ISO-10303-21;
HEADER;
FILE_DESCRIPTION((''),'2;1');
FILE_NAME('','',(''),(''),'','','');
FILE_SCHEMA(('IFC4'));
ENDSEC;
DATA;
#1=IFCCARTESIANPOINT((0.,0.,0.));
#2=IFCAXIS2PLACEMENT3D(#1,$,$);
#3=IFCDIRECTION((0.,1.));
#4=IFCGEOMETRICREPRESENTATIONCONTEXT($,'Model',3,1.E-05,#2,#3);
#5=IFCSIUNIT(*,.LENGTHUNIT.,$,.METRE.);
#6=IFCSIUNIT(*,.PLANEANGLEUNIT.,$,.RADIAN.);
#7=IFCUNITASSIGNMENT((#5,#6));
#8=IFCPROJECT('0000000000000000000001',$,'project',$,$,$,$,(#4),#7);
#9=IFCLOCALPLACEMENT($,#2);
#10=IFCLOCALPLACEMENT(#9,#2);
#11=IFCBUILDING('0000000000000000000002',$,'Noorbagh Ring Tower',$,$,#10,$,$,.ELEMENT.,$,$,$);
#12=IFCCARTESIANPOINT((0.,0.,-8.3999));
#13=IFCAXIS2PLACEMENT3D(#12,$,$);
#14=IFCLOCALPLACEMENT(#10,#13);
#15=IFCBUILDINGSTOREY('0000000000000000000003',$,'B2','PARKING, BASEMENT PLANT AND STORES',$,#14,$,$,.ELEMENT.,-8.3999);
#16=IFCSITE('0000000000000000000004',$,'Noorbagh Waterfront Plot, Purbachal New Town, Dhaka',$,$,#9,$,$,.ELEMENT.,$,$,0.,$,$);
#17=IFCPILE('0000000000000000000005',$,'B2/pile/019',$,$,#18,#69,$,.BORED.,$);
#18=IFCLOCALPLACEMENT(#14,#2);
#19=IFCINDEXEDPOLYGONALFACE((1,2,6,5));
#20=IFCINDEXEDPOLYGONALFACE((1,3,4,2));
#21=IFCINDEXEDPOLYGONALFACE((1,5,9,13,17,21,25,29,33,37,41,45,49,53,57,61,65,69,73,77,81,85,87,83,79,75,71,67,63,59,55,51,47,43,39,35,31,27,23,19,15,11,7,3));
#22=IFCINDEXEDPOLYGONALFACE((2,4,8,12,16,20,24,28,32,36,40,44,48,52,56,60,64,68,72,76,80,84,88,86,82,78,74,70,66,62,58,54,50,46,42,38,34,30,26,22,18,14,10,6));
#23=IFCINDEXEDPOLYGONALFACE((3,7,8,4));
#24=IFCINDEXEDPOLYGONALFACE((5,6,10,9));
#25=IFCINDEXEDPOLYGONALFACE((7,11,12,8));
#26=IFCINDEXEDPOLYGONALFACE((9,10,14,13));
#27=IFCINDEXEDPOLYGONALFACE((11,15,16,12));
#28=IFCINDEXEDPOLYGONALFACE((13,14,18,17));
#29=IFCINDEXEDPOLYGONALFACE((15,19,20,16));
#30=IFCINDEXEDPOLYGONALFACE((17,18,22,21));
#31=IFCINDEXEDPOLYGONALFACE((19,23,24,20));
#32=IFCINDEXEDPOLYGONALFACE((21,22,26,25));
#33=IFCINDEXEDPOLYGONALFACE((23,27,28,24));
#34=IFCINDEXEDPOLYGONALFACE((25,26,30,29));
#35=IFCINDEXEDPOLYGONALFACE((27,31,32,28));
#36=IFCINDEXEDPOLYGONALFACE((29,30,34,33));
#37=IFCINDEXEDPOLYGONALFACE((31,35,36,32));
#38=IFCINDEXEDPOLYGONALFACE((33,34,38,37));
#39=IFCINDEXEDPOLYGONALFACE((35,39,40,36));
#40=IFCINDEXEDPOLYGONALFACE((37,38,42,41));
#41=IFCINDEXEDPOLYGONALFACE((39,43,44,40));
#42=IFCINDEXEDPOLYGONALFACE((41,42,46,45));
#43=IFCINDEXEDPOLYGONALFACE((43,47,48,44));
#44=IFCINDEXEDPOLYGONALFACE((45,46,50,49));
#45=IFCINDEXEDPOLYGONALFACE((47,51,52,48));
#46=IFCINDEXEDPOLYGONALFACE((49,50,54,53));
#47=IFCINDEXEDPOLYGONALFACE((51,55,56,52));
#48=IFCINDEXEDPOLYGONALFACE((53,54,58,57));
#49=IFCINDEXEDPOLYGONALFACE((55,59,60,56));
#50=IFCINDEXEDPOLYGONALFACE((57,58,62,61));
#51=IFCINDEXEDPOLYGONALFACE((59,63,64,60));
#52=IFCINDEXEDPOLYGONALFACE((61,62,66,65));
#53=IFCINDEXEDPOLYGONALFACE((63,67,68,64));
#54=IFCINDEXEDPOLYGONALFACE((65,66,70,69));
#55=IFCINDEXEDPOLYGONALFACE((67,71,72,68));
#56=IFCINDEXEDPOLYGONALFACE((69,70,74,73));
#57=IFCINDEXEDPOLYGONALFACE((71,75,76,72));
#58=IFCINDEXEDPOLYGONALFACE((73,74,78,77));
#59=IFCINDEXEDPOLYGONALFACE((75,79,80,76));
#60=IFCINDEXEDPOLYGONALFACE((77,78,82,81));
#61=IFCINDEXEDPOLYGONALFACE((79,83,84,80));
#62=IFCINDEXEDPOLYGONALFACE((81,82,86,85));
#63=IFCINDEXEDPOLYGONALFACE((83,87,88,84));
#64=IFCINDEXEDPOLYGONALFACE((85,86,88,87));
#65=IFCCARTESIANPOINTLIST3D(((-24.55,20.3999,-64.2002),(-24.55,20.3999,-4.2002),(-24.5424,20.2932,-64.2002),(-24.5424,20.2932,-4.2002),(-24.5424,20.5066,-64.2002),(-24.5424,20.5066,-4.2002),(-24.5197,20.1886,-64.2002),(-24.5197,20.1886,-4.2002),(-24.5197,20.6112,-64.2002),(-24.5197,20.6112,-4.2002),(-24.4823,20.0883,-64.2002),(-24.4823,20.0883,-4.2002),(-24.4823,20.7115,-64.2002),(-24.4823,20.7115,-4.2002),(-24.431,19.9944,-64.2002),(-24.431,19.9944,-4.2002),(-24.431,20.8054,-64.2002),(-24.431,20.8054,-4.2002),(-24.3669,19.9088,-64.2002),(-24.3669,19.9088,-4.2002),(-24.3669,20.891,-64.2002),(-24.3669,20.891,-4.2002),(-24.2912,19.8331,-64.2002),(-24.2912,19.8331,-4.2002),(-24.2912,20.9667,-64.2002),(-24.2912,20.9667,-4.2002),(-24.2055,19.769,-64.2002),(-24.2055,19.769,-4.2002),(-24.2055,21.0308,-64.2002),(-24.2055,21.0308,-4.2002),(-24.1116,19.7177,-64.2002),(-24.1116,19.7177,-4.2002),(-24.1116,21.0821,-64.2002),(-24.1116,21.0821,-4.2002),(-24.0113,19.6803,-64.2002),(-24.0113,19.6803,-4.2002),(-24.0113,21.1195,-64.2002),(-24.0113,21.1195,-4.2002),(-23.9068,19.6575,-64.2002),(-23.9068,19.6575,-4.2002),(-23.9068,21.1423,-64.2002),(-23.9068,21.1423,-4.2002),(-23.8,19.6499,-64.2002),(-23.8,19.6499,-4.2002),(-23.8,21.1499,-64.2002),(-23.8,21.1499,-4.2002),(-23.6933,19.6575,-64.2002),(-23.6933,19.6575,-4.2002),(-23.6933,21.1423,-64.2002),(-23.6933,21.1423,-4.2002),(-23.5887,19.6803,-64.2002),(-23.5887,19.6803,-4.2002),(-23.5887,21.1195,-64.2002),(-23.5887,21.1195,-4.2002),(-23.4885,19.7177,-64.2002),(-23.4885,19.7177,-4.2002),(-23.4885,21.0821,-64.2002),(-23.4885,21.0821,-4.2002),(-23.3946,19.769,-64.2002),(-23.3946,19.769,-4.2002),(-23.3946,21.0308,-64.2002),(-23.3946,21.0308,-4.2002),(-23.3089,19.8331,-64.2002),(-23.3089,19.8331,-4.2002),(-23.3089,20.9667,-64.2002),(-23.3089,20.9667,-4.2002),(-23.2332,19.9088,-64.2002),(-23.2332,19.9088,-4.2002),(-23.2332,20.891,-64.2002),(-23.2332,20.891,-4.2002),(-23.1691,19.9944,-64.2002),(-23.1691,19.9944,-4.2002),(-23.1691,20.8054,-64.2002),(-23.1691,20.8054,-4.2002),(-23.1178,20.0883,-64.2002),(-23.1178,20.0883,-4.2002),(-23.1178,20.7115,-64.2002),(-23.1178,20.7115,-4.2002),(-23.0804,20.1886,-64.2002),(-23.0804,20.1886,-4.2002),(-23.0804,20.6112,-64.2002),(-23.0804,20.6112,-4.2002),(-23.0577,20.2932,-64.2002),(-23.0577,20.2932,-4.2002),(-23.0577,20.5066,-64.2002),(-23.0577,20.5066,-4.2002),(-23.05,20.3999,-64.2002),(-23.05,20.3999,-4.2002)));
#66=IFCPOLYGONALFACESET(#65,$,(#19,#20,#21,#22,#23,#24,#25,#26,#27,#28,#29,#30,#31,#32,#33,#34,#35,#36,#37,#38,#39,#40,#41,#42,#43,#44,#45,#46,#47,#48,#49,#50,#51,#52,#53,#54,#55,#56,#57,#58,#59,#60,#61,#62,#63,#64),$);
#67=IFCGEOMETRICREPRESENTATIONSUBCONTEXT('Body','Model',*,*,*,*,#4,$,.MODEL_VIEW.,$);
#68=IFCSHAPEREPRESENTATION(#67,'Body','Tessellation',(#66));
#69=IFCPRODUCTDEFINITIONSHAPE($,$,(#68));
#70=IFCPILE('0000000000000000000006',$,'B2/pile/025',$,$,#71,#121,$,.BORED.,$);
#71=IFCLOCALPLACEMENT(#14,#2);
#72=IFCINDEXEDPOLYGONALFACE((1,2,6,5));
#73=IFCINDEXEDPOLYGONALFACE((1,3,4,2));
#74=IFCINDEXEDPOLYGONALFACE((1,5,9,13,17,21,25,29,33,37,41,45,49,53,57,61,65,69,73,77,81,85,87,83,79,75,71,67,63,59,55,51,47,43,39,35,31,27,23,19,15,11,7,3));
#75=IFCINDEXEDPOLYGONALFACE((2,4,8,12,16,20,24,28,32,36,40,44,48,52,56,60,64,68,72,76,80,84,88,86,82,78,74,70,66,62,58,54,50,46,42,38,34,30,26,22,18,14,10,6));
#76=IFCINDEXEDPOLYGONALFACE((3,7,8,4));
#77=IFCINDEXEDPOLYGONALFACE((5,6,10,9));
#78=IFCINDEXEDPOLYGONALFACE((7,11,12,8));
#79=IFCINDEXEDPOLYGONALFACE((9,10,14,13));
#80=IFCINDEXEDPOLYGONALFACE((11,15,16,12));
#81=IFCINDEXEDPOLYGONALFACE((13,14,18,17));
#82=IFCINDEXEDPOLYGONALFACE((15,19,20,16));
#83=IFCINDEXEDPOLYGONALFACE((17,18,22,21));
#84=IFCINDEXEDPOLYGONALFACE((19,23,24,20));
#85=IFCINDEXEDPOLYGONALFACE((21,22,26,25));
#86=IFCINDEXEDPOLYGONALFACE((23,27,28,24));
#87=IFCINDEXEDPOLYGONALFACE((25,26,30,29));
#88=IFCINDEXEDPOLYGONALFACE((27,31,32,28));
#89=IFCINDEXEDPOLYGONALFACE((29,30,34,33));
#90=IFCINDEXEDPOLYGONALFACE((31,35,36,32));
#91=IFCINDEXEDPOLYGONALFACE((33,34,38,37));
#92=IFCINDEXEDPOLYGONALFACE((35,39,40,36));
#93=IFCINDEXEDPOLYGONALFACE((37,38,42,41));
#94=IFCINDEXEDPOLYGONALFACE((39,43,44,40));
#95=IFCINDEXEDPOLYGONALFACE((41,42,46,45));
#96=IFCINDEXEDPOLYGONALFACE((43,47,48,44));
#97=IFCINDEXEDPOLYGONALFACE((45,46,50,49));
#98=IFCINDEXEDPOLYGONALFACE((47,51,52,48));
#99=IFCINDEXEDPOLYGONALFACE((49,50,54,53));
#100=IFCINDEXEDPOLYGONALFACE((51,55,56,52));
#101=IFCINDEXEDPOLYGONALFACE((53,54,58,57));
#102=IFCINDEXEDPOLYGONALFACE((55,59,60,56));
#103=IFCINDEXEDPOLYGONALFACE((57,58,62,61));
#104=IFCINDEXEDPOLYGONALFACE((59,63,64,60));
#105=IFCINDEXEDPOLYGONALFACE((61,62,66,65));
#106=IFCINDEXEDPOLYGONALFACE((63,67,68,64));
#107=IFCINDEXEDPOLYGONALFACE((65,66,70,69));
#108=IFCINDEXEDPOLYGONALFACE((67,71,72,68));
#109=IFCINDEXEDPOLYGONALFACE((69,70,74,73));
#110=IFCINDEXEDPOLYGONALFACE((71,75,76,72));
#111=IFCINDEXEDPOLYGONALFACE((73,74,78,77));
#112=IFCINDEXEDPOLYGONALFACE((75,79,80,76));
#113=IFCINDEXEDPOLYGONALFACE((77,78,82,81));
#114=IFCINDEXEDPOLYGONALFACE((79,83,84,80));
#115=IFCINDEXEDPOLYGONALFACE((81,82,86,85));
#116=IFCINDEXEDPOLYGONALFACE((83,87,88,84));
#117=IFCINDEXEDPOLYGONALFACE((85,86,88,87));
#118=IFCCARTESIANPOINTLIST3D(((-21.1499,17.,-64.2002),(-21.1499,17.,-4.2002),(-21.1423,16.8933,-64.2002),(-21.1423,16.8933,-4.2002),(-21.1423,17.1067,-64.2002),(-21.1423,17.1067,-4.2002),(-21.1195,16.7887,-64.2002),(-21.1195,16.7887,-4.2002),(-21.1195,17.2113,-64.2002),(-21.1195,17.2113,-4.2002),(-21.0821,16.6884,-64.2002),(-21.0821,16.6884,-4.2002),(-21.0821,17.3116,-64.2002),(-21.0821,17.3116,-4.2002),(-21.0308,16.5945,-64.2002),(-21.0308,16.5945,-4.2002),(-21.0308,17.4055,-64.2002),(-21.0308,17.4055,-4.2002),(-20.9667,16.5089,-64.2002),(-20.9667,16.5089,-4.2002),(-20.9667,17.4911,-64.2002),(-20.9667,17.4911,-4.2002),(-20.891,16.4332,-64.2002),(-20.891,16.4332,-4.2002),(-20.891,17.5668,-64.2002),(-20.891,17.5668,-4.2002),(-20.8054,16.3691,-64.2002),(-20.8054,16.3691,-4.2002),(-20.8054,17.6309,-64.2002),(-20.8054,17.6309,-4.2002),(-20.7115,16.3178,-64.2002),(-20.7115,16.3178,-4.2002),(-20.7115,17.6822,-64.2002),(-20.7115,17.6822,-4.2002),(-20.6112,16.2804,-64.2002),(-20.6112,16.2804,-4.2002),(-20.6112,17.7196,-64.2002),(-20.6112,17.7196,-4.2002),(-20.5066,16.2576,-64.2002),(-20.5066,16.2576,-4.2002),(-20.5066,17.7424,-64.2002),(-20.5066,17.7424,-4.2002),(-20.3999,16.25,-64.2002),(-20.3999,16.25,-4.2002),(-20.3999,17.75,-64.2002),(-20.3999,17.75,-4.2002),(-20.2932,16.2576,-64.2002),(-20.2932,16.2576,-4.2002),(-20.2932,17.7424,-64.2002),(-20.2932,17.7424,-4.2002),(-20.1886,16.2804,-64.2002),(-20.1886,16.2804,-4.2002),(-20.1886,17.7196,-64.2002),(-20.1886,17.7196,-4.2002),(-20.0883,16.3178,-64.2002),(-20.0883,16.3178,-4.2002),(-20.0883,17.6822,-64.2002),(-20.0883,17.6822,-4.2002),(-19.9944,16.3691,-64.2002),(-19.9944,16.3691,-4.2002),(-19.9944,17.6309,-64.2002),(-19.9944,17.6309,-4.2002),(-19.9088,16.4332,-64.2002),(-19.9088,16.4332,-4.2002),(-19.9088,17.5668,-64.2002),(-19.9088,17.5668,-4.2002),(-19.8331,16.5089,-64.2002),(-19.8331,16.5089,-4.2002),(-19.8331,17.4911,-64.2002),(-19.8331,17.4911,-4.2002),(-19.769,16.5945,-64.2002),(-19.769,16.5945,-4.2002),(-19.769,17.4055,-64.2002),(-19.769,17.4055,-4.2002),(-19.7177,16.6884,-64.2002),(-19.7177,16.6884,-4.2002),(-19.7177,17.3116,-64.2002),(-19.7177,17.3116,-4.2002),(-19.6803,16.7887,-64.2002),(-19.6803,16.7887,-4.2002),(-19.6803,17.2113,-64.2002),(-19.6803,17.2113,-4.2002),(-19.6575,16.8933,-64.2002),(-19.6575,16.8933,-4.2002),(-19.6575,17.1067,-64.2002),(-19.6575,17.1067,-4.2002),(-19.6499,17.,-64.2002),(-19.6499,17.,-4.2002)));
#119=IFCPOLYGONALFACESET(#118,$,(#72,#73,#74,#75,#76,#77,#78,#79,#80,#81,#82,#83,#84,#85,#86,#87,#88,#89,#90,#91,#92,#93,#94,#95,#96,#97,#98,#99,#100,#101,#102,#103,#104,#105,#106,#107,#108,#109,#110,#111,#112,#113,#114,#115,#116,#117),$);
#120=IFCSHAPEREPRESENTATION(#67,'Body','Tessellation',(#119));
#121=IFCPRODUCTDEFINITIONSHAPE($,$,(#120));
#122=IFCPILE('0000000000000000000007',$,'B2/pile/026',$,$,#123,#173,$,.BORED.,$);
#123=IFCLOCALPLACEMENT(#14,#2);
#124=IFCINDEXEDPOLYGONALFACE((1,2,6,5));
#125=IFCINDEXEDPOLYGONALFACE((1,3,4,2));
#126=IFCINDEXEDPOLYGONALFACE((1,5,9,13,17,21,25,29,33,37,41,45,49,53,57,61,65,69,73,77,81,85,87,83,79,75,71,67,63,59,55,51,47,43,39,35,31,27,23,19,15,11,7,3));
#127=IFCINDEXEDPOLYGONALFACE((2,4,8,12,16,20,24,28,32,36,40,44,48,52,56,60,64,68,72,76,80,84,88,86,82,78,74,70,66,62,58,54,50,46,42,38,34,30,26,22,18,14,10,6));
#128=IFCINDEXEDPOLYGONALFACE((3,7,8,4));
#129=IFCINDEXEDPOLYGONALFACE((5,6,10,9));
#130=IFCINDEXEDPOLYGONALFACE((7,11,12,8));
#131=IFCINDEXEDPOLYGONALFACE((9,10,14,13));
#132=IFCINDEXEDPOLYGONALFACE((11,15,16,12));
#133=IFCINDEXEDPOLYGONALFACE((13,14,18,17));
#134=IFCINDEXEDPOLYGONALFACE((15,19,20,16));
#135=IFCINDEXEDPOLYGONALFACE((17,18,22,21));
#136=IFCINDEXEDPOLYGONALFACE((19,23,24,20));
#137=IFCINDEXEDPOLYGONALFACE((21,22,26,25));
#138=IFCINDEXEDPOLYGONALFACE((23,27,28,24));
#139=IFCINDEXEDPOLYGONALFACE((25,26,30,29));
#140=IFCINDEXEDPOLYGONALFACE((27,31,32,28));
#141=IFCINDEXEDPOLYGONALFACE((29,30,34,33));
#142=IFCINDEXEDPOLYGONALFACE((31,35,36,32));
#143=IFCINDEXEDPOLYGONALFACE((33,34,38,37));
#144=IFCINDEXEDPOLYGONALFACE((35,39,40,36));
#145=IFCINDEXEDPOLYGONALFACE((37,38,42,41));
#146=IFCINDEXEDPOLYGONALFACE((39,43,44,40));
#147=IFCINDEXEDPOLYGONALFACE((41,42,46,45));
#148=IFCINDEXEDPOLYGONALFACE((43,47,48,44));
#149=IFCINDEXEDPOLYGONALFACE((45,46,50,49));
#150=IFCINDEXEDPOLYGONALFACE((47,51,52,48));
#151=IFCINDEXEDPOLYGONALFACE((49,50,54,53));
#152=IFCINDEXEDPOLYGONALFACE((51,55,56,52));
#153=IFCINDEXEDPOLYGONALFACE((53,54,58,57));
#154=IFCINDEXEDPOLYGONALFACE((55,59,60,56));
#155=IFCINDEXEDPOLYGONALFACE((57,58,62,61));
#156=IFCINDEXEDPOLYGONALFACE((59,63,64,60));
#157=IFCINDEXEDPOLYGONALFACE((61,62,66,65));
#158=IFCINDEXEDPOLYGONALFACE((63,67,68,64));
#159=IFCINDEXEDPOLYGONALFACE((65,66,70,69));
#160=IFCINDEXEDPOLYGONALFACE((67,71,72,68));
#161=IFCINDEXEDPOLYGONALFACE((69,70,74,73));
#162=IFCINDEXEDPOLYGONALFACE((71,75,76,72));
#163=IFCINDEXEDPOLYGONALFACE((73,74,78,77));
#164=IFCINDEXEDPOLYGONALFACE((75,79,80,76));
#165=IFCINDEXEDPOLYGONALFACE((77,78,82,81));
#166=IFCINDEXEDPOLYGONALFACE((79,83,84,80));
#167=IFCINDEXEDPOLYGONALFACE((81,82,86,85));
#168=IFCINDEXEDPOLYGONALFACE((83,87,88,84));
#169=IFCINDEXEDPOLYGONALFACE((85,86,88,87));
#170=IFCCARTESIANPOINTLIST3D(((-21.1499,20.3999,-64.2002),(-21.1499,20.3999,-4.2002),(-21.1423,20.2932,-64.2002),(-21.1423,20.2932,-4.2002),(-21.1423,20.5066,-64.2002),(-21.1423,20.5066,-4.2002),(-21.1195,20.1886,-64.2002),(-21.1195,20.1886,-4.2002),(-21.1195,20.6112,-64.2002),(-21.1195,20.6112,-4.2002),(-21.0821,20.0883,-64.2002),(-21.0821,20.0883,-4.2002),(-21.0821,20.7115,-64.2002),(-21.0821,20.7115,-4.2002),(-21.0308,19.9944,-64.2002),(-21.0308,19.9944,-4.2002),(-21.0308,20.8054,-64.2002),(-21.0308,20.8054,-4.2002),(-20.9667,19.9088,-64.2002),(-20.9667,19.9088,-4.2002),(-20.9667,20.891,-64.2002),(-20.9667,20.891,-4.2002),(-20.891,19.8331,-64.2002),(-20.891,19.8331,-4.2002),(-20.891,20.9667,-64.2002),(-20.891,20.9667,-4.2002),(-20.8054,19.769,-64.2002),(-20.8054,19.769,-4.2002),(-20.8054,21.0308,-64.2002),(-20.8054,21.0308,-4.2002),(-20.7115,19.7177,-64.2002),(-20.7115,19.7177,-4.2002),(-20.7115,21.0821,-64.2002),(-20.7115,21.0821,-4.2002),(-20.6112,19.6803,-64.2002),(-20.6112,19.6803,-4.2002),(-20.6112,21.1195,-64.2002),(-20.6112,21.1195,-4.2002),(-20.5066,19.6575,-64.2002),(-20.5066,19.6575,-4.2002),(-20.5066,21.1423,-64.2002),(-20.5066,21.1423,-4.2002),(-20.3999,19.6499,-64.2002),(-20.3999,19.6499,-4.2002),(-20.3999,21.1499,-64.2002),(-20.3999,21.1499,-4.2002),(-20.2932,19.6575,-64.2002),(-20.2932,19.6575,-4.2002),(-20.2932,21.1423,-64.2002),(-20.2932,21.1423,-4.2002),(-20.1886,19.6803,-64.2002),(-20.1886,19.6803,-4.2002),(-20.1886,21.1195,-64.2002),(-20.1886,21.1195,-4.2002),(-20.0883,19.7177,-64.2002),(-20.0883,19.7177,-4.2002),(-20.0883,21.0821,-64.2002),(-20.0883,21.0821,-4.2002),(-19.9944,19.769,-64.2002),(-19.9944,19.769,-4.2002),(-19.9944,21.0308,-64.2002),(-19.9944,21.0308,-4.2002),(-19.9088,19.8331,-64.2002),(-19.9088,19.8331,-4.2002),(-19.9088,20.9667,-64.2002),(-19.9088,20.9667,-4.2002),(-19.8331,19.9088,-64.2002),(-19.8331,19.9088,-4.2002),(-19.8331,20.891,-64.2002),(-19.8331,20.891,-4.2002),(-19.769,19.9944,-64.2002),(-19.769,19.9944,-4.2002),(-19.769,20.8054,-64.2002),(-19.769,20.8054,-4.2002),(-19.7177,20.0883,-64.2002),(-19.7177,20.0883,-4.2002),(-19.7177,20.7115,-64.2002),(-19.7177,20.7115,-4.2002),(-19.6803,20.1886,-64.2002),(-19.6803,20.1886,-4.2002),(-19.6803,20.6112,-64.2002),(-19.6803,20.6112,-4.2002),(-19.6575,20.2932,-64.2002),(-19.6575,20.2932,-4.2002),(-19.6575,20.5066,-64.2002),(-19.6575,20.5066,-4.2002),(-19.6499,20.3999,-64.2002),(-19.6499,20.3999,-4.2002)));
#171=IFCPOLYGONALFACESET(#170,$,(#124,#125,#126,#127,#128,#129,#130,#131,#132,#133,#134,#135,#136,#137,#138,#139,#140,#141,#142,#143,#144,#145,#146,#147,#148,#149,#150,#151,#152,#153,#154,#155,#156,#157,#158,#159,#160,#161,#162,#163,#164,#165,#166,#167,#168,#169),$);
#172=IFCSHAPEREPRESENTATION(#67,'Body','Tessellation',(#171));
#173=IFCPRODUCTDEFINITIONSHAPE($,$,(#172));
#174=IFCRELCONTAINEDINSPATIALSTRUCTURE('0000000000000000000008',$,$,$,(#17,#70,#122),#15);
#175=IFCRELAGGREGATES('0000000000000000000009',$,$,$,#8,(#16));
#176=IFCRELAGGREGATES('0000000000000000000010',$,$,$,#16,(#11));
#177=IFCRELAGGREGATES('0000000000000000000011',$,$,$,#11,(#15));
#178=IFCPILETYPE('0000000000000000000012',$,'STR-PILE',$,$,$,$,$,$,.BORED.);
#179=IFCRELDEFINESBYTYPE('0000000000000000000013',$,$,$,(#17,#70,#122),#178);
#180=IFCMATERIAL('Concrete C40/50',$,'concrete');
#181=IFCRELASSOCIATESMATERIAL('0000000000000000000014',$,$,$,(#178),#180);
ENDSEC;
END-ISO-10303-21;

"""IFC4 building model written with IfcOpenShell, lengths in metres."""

from ifc_helpers import new_model, si_unit, direction, frame, origin, origin_2d, place, context, subcontext, project, spatial, circle, extrude, material, material_profile, profile_set, type_object, element, save


model = new_model("IFC4")

# Units and contexts
model_context = context("Model", 3, precision=1e-05, world=origin(), true_north=direction((0.0, 1.0)))
body_context = subcontext(model_context, "Body", "Model", "MODEL_VIEW")
ifc_project = project(units=[si_unit("LENGTHUNIT", "METRE"), si_unit("PLANEANGLEUNIT", "RADIAN")], contexts=[model_context])

# Site, building, storey
site_placement = place(None, origin())
site = spatial("IfcSite", under=ifc_project, at=site_placement, Name="Noorbagh Waterfront Plot, Purbachal New Town, Dhaka", CompositionType="ELEMENT", RefElevation=0.0)
building_placement = place(site_placement, origin())
building = spatial("IfcBuilding", under=site, at=building_placement, Name="Noorbagh Ring Tower", CompositionType="ELEMENT")
storey_placement = place(building_placement, frame((0.0, 0.0, -8.3999)))
storey = spatial("IfcBuildingStorey", under=building, at=storey_placement, Name="B2", Description="PARKING, BASEMENT PLANT AND STORES", CompositionType="ELEMENT", Elevation=-8.3999)

# Piles
ifc_material_1 = material(Name="Concrete C40/50", Category="concrete")
ifc_material_profile_1 = material_profile(ifc_material_1, circle(Radius=0.75, at=origin_2d()), Name="PILE1500")
ifc_profile_set_1 = profile_set([ifc_material_profile_1], Name="Concrete C40/50")
pile_type_1 = type_object("IfcPileType", Name="STR-PILE", PredefinedType="BORED", material=ifc_profile_set_1)
for number, where, z_axis, x_axis, name in (
    (1, (-23.8, 20.3999, -4.2002), (0.0, 0.0, -1.0), (1.0, 0.0, 0.0), "B2/pile/019"),
    (2, (-20.3999, 17.0, -4.2002), (0.0, 0.0, -1.0), (1.0, 0.0, 0.0), "B2/pile/025"),
    (3, (-20.3999, 20.3999, -4.2002), (0.0, 0.0, -1.0), (1.0, 0.0, 0.0), "B2/pile/026"),
):
    element("IfcPile", number, at=place(storey_placement, frame(where, z_axis=z_axis, x_axis=x_axis)), inside=storey, type_object=pile_type_1, Name=name, PredefinedType="BORED", context=body_context, shape_type="SweptSolid", body=[
        extrude(circle(Radius=0.75, at=origin_2d()), origin(), (0.0, 0.0, 1.0), 60.0),
    ])

save(model, "model.ifc")
